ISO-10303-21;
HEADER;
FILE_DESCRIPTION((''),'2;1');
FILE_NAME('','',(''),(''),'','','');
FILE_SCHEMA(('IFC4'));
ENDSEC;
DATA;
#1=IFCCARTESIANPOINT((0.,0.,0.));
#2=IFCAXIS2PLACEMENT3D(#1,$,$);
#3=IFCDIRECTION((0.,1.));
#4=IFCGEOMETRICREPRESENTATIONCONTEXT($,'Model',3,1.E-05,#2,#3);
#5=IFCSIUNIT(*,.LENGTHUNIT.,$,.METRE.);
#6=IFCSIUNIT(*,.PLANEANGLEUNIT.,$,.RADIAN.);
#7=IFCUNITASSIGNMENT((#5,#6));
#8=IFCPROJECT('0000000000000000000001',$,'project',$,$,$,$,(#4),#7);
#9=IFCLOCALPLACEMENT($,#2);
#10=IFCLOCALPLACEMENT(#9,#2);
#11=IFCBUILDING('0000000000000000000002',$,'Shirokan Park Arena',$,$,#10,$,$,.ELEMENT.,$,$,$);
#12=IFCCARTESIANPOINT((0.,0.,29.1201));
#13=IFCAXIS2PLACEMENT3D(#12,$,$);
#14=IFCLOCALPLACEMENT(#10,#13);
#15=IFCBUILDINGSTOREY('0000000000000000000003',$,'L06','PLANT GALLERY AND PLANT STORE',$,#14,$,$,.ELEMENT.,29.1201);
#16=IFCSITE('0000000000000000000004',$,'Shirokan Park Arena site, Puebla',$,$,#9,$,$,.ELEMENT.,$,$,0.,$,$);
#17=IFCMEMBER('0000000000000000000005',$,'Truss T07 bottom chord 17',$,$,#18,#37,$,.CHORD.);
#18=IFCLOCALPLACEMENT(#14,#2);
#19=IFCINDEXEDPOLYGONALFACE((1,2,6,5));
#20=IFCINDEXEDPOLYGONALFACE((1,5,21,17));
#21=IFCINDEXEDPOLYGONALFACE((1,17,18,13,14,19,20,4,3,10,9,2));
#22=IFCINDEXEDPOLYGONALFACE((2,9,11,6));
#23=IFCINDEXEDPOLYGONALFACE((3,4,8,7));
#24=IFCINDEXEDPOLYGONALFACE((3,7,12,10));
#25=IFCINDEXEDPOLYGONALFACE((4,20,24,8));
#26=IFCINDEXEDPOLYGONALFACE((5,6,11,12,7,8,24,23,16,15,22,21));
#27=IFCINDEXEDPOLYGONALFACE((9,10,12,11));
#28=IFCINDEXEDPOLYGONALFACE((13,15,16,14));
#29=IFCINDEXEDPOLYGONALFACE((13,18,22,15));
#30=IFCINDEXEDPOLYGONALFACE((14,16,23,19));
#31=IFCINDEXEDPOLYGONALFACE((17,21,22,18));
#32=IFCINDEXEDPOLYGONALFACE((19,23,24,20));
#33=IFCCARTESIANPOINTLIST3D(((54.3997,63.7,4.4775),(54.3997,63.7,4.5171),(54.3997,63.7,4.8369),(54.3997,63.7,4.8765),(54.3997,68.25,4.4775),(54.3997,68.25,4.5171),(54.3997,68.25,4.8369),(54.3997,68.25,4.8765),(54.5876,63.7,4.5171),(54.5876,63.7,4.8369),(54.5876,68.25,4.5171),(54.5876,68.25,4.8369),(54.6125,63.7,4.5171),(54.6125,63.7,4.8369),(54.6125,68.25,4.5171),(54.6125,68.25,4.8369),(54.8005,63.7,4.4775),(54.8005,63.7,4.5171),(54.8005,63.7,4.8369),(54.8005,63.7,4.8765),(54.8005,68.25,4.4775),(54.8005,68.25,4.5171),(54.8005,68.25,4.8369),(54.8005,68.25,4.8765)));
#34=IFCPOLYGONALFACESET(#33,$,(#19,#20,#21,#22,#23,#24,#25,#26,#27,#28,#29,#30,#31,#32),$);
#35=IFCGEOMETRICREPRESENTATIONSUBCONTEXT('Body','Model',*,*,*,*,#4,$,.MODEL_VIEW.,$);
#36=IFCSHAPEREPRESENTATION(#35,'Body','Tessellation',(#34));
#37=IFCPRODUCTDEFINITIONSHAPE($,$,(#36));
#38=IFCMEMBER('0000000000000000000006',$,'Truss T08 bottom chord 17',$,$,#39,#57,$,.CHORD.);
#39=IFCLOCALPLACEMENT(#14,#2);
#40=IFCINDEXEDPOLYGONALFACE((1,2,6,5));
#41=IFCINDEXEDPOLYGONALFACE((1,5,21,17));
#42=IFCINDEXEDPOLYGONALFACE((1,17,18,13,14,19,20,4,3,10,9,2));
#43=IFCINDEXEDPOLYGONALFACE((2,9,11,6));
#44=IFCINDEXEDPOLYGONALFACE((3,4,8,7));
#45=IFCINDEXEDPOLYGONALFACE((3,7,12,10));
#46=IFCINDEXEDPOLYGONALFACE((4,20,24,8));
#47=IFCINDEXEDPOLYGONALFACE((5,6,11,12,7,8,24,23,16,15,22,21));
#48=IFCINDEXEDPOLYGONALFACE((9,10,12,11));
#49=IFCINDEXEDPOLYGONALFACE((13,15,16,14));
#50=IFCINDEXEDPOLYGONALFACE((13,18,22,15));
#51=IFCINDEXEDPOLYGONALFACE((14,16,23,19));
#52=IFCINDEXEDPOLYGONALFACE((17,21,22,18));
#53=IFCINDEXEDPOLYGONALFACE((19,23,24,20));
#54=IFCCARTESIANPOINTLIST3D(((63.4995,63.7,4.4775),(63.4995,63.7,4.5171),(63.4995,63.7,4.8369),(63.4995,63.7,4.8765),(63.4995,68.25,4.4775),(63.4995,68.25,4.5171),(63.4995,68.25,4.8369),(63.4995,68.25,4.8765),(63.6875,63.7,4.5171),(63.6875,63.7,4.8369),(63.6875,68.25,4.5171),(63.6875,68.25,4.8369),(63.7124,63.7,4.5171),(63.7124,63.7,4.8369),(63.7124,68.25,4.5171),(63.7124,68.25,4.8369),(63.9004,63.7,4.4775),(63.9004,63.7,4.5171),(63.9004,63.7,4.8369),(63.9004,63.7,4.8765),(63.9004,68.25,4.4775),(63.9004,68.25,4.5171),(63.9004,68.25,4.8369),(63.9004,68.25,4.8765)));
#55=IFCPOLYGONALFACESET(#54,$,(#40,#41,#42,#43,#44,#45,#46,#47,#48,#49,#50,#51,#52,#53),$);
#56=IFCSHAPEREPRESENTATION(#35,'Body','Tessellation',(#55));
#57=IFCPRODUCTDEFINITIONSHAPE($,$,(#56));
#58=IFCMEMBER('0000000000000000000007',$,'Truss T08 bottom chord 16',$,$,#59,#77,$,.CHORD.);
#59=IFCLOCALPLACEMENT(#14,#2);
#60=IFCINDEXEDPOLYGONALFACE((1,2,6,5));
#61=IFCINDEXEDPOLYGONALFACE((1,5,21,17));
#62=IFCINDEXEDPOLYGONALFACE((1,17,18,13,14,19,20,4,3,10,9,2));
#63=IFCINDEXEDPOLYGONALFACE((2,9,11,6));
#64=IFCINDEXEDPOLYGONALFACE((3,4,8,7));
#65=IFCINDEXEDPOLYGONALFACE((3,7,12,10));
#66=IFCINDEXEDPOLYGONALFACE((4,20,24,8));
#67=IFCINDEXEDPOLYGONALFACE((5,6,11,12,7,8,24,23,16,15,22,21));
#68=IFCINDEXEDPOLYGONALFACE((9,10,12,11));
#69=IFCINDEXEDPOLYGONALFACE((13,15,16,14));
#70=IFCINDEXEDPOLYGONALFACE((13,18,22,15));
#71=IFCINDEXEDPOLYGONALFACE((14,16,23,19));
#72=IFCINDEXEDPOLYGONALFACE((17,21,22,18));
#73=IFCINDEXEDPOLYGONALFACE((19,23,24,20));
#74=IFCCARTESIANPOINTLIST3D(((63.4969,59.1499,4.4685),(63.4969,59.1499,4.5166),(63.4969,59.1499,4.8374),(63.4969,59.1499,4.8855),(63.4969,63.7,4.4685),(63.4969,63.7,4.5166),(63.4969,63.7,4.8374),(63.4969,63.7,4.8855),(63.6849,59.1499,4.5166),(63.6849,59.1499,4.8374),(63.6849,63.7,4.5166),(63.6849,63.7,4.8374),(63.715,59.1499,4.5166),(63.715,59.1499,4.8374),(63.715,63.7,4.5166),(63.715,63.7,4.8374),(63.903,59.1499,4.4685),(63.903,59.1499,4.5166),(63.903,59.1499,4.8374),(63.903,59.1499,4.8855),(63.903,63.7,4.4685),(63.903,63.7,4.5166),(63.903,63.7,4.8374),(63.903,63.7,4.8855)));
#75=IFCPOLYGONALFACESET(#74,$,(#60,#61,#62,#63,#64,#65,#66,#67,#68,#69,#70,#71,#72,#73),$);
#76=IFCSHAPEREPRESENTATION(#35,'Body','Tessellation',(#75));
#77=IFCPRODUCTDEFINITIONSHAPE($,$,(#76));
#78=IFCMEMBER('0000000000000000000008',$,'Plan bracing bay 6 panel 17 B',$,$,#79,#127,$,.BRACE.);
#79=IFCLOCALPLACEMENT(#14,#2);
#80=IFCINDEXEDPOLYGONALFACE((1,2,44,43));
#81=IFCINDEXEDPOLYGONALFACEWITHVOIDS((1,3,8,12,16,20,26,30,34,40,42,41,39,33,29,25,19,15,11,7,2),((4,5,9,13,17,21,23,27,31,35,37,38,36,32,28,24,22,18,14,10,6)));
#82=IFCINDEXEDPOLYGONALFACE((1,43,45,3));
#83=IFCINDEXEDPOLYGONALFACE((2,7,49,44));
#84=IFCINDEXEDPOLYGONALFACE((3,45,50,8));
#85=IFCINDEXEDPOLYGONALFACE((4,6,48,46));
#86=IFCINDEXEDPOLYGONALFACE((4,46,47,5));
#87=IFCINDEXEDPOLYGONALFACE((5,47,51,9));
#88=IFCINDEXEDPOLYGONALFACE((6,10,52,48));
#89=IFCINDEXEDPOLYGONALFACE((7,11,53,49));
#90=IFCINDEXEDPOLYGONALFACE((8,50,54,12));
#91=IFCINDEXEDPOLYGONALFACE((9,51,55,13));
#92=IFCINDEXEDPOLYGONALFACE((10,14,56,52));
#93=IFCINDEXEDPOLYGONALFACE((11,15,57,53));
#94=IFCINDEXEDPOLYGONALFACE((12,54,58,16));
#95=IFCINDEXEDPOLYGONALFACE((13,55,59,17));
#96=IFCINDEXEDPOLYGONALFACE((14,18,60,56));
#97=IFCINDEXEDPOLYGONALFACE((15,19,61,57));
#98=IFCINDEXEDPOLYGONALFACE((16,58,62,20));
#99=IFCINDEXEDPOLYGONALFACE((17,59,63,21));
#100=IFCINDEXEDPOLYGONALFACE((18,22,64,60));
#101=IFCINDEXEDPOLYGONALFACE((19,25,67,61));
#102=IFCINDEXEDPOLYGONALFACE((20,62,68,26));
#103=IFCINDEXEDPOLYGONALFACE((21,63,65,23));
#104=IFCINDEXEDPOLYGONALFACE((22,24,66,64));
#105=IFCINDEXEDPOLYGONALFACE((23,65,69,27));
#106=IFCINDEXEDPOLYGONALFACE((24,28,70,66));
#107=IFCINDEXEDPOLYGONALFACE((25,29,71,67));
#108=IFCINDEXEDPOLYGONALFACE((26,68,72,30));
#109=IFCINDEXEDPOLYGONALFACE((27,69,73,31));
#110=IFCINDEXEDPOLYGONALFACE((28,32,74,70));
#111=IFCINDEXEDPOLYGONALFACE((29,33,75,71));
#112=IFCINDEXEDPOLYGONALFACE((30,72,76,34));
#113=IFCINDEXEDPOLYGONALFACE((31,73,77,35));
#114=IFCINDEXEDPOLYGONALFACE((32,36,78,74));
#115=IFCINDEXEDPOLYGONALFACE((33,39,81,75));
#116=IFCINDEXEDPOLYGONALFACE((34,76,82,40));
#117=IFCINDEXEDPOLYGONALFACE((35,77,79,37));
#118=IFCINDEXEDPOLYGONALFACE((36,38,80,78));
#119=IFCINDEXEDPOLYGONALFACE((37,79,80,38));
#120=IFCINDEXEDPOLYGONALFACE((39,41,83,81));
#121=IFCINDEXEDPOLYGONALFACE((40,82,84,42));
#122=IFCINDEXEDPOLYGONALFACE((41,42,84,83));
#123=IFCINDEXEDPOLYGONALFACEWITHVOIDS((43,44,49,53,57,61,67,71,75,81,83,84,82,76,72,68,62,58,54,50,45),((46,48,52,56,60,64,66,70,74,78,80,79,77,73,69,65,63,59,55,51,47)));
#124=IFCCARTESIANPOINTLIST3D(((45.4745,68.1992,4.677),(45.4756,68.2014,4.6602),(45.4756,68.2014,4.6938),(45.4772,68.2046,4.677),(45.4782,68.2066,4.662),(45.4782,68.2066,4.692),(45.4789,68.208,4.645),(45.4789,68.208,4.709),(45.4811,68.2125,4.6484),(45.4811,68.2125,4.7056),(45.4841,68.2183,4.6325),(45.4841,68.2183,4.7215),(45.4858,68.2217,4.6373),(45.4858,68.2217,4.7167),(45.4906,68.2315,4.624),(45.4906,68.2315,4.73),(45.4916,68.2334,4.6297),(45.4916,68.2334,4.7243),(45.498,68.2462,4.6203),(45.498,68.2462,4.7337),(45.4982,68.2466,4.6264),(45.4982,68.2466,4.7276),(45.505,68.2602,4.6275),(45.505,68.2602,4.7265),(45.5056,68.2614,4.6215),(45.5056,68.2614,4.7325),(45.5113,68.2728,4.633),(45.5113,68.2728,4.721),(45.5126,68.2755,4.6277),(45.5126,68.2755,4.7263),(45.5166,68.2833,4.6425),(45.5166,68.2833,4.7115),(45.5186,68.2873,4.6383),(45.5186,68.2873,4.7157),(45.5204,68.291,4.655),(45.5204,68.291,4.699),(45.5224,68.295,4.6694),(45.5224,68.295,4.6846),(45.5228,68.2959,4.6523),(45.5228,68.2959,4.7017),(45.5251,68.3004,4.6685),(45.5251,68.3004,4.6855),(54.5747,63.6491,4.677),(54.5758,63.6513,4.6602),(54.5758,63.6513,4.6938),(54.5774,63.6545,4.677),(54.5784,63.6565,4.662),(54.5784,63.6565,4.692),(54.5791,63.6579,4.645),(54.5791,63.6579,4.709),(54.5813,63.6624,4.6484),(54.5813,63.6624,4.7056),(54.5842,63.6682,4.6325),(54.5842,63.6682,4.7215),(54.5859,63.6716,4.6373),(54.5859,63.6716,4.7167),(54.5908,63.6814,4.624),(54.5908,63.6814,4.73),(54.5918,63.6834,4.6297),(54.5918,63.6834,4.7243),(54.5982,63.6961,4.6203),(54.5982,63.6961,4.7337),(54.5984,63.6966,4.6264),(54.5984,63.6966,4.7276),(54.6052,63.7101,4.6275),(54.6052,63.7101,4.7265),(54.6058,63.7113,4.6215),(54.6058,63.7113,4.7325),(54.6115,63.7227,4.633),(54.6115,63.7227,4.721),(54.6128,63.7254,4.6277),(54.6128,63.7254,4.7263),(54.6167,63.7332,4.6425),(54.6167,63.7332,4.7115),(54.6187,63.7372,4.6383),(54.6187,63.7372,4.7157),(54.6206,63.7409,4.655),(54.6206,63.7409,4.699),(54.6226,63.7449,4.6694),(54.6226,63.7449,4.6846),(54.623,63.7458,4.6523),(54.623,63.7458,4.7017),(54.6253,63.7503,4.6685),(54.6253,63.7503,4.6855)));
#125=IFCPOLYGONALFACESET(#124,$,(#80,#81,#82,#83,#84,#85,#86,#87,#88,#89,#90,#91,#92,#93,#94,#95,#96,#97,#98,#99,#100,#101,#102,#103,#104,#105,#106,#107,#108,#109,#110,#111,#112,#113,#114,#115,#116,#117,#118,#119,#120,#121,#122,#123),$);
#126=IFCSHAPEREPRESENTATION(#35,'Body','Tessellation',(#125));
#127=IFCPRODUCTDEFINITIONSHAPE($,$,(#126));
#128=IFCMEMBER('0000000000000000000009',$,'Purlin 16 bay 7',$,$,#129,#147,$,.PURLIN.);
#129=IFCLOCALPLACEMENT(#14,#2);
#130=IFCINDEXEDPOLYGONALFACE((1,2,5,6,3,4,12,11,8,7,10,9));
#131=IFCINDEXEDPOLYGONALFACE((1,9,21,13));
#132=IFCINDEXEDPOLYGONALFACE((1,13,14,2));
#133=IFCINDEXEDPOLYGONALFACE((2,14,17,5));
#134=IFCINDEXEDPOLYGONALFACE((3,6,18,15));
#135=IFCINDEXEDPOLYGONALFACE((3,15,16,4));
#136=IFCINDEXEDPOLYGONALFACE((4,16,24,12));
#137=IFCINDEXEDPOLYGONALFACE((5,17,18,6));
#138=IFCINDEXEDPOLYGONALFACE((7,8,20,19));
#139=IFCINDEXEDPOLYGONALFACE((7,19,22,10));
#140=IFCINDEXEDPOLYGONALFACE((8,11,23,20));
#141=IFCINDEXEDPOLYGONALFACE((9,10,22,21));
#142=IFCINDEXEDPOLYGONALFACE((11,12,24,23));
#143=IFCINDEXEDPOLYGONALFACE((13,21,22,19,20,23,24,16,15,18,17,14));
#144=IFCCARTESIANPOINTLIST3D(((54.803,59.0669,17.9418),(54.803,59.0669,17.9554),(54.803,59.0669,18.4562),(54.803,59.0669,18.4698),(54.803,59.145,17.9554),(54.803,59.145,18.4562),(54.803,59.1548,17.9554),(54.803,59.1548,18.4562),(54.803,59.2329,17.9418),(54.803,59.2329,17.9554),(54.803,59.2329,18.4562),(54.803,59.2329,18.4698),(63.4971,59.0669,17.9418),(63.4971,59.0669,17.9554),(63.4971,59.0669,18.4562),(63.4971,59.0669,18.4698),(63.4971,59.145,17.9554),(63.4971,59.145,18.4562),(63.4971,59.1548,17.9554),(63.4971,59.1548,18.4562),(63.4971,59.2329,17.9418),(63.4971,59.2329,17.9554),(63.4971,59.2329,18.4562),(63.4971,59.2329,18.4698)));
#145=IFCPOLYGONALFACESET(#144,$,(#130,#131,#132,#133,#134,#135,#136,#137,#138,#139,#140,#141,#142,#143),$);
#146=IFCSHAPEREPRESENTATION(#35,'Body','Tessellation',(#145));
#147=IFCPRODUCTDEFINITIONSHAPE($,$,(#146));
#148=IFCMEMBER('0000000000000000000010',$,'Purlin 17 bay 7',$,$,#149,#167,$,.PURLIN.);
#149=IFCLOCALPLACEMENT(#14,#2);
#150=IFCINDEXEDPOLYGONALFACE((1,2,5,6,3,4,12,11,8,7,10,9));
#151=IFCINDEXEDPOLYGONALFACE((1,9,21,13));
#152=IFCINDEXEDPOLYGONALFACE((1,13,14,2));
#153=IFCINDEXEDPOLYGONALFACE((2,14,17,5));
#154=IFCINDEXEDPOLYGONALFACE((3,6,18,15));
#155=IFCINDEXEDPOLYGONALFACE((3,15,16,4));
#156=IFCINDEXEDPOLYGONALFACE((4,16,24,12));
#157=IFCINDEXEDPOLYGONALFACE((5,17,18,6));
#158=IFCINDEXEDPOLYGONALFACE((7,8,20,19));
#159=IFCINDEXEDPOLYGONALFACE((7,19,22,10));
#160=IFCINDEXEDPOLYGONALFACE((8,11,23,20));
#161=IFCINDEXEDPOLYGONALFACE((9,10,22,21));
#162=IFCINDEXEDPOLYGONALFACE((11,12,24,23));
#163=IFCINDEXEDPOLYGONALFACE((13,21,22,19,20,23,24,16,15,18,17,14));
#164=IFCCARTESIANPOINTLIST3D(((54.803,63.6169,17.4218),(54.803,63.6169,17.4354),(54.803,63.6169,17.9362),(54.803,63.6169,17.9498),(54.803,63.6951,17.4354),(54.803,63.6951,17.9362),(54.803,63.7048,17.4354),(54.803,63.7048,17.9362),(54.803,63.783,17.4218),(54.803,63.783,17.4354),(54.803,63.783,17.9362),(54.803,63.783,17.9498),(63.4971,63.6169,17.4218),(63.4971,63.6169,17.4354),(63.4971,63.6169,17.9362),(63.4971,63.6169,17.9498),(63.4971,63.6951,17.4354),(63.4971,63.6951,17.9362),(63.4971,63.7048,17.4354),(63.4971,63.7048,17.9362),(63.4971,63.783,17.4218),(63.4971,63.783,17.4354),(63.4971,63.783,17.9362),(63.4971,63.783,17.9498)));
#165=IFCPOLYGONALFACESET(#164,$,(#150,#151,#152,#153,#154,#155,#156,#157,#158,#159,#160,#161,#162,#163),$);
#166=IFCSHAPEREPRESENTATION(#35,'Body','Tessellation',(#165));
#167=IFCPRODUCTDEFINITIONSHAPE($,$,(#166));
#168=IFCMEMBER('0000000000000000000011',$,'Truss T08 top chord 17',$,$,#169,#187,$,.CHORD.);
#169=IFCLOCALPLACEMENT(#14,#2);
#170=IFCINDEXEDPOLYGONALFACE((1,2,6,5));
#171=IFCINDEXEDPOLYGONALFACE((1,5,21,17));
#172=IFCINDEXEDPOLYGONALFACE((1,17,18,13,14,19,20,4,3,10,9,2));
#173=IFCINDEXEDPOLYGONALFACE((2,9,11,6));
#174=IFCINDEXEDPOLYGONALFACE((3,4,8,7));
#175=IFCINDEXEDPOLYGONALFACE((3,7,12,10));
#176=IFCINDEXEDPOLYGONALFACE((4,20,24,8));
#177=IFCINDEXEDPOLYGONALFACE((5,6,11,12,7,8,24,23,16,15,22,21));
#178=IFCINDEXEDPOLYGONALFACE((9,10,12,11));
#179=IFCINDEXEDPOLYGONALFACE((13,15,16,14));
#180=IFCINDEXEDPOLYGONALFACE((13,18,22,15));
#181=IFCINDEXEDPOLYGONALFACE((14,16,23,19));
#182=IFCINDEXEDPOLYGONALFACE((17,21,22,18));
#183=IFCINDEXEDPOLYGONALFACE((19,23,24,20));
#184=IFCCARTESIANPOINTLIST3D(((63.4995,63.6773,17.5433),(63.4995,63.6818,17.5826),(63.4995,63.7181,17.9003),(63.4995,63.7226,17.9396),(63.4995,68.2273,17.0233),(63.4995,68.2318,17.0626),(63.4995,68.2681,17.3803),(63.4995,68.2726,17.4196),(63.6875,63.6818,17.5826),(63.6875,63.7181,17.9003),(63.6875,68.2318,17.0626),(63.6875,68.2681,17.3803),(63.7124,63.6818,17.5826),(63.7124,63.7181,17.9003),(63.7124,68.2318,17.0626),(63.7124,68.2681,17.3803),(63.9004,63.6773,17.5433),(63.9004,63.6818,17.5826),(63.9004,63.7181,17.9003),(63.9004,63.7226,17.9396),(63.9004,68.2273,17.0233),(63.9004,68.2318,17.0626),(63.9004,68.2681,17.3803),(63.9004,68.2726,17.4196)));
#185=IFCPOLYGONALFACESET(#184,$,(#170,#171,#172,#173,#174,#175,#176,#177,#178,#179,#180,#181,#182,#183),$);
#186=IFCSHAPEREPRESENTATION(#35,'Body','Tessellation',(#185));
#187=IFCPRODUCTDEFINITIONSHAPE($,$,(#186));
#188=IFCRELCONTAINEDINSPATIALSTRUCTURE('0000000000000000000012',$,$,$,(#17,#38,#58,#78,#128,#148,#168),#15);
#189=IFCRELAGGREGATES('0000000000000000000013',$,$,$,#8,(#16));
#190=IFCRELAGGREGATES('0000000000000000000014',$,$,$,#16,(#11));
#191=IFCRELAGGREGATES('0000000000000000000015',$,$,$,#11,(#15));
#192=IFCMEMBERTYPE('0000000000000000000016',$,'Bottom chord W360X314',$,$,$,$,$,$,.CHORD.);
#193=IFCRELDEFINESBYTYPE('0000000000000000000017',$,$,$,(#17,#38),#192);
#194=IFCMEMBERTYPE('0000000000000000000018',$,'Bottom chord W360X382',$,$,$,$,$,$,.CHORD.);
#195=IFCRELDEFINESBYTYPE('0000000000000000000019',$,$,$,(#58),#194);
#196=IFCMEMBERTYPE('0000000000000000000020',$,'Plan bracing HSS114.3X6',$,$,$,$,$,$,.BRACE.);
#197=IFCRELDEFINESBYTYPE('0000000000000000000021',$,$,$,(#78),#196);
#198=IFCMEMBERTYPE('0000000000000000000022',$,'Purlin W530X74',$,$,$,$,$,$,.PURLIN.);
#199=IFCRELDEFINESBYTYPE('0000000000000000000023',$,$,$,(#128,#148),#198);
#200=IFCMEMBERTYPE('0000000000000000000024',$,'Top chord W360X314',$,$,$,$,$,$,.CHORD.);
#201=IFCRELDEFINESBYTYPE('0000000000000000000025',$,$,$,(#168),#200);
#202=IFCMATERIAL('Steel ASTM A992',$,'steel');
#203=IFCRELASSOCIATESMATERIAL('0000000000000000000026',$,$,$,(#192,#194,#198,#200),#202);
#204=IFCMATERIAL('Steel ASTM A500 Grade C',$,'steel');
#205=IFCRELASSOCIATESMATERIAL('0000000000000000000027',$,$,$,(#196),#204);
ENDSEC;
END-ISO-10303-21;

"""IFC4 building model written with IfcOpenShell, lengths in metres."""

from ifc_helpers import new_model, si_unit, direction, frame, origin, origin_2d, place, context, subcontext, project, spatial, hollow_circle, i_section, extrude, material, material_profile, profile_set, type_object, element, save


model = new_model("IFC4")

# Units and contexts
model_context = context("Model", 3, precision=1e-05, world=origin(), true_north=direction((0.0, 1.0)))
body_context = subcontext(model_context, "Body", "Model", "MODEL_VIEW")
ifc_project = project(units=[si_unit("LENGTHUNIT", "METRE"), si_unit("PLANEANGLEUNIT", "RADIAN")], contexts=[model_context])

# Site, building, storey
site_placement = place(None, origin())
site = spatial("IfcSite", under=ifc_project, at=site_placement, Name="Shirokan Park Arena site, Puebla", CompositionType="ELEMENT", RefElevation=0.0)
building_placement = place(site_placement, origin())
building = spatial("IfcBuilding", under=site, at=building_placement, Name="Shirokan Park Arena", CompositionType="ELEMENT")
storey_placement = place(building_placement, frame((0.0, 0.0, 29.1201)))
storey = spatial("IfcBuildingStorey", under=building, at=storey_placement, Name="L06", Description="PLANT GALLERY AND PLANT STORE", CompositionType="ELEMENT", Elevation=29.1201)

# Members
ifc_material_1 = material(Name="Steel ASTM A992", Category="steel")
ifc_material_profile_1 = material_profile(ifc_material_1, i_section(OverallWidth=0.4009, OverallDepth=0.3989, WebThickness=0.0249, FlangeThickness=0.0396, at=origin_2d()), Name="W360X314")
ifc_profile_set_1 = profile_set([ifc_material_profile_1], Name="Steel ASTM A992")
member_type_1 = type_object("IfcMemberType", Name="Bottom chord W360X314", PredefinedType="CHORD", material=ifc_profile_set_1)
for number, where, z_axis, x_axis, name in (
    (1, (54.6001, 63.7, 4.677), (0.0, 1.0, 0.0), (-1.0, 0.0, 0.0), "Truss T07 bottom chord 17"),
    (2, (63.7, 63.7, 4.677), (0.0, 1.0, 0.0), (-1.0, 0.0, 0.0), "Truss T08 bottom chord 17"),
):
    element("IfcMember", number, at=place(storey_placement, frame(where, z_axis=z_axis, x_axis=x_axis)), inside=storey, type_object=member_type_1, Name=name, PredefinedType="CHORD", context=body_context, shape_type="SweptSolid", body=[
        extrude(i_section(OverallWidth=0.4009, OverallDepth=0.3989, WebThickness=0.0249, FlangeThickness=0.0396, at=origin_2d()), origin(), (0.0, 0.0, 1.0), 4.55),
    ])
ifc_material_profile_2 = material_profile(ifc_material_1, i_section(OverallWidth=0.406, OverallDepth=0.417, WebThickness=0.03, FlangeThickness=0.0481, at=origin_2d()), Name="W360X382")
ifc_profile_set_2 = profile_set([ifc_material_profile_2], Name="Steel ASTM A992")
member_type_2 = type_object("IfcMemberType", Name="Bottom chord W360X382", PredefinedType="CHORD", material=ifc_profile_set_2)
member_1_placement = place(storey_placement, frame((63.7, 59.1499, 4.677), z_axis=(0.0, 1.0, 0.0), x_axis=(-1.0, 0.0, 0.0)))
element("IfcMember", 3, at=member_1_placement, inside=storey, type_object=member_type_2, Name="Truss T08 bottom chord 16", PredefinedType="CHORD", context=body_context, shape_type="SweptSolid", body=[
    extrude(i_section(OverallWidth=0.406, OverallDepth=0.417, WebThickness=0.03, FlangeThickness=0.0481, at=origin_2d()), origin(), (0.0, 0.0, 1.0), 4.55),
])
ifc_material_2 = material(Name="Steel ASTM A500 Grade C", Category="steel")
ifc_material_profile_3 = material_profile(ifc_material_2, hollow_circle(Radius=0.0569, WallThickness=0.0061, at=origin_2d()), Name="HSS114.3X6")
ifc_profile_set_3 = profile_set([ifc_material_profile_3], Name="Steel ASTM A500 Grade C")
member_type_3 = type_object("IfcMemberType", Name="Plan bracing HSS114.3X6", PredefinedType="BRACE", material=ifc_profile_set_3)
member_2_placement = place(storey_placement, frame((54.6001, 63.7, 4.677), z_axis=(-0.894427, 0.447214, 0.0), x_axis=(-0.447214, -0.894427, 0.0)))
element("IfcMember", 4, at=member_2_placement, inside=storey, type_object=member_type_3, Name="Plan bracing bay 6 panel 17 B", PredefinedType="BRACE", context=body_context, shape_type="SweptSolid", body=[
    extrude(hollow_circle(Radius=0.0569, WallThickness=0.0061, at=origin_2d()), origin(), (0.0, 0.0, 1.0), 10.1743),
])
ifc_material_profile_4 = material_profile(ifc_material_1, i_section(OverallWidth=0.166, OverallDepth=0.5281, WebThickness=0.0098, FlangeThickness=0.0137, at=origin_2d()), Name="W530X74")
ifc_profile_set_4 = profile_set([ifc_material_profile_4], Name="Steel ASTM A992")
member_type_4 = type_object("IfcMemberType", Name="Purlin W530X74", PredefinedType="PURLIN", material=ifc_profile_set_4)
for number, where, z_axis, x_axis, name in (
    (5, (54.803, 59.1499, 18.2058), (1.0, 0.0, 0.0), (0.0, 1.0, 0.0), "Purlin 16 bay 7"),
    (6, (54.803, 63.7, 17.6858), (1.0, 0.0, 0.0), (0.0, 1.0, 0.0), "Purlin 17 bay 7"),
):
    element("IfcMember", number, at=place(storey_placement, frame(where, z_axis=z_axis, x_axis=x_axis)), inside=storey, type_object=member_type_4, Name=name, PredefinedType="PURLIN", context=body_context, shape_type="SweptSolid", body=[
        extrude(i_section(OverallWidth=0.166, OverallDepth=0.5281, WebThickness=0.0098, FlangeThickness=0.0137, at=origin_2d()), origin(), (0.0, 0.0, 1.0), 8.6941),
    ])
ifc_material_profile_5 = material_profile(ifc_material_1, i_section(OverallWidth=0.4009, OverallDepth=0.3989, WebThickness=0.0249, FlangeThickness=0.0396, at=origin_2d()), Name="W360X314")
ifc_profile_set_5 = profile_set([ifc_material_profile_5], Name="Steel ASTM A992")
member_type_5 = type_object("IfcMemberType", Name="Top chord W360X314", PredefinedType="CHORD", material=ifc_profile_set_5)
member_3_placement = place(storey_placement, frame((63.7, 63.7, 17.7415), z_axis=(0.0, 0.993532, -0.11355), x_axis=(-1.0, 0.0, 0.0)))
element("IfcMember", 7, at=member_3_placement, inside=storey, type_object=member_type_5, Name="Truss T08 top chord 17", PredefinedType="CHORD", context=body_context, shape_type="SweptSolid", body=[
    extrude(i_section(OverallWidth=0.4009, OverallDepth=0.3989, WebThickness=0.0249, FlangeThickness=0.0396, at=origin_2d()), origin(), (0.0, 0.0, 1.0), 4.5796),
])

save(model, "model.ifc")
